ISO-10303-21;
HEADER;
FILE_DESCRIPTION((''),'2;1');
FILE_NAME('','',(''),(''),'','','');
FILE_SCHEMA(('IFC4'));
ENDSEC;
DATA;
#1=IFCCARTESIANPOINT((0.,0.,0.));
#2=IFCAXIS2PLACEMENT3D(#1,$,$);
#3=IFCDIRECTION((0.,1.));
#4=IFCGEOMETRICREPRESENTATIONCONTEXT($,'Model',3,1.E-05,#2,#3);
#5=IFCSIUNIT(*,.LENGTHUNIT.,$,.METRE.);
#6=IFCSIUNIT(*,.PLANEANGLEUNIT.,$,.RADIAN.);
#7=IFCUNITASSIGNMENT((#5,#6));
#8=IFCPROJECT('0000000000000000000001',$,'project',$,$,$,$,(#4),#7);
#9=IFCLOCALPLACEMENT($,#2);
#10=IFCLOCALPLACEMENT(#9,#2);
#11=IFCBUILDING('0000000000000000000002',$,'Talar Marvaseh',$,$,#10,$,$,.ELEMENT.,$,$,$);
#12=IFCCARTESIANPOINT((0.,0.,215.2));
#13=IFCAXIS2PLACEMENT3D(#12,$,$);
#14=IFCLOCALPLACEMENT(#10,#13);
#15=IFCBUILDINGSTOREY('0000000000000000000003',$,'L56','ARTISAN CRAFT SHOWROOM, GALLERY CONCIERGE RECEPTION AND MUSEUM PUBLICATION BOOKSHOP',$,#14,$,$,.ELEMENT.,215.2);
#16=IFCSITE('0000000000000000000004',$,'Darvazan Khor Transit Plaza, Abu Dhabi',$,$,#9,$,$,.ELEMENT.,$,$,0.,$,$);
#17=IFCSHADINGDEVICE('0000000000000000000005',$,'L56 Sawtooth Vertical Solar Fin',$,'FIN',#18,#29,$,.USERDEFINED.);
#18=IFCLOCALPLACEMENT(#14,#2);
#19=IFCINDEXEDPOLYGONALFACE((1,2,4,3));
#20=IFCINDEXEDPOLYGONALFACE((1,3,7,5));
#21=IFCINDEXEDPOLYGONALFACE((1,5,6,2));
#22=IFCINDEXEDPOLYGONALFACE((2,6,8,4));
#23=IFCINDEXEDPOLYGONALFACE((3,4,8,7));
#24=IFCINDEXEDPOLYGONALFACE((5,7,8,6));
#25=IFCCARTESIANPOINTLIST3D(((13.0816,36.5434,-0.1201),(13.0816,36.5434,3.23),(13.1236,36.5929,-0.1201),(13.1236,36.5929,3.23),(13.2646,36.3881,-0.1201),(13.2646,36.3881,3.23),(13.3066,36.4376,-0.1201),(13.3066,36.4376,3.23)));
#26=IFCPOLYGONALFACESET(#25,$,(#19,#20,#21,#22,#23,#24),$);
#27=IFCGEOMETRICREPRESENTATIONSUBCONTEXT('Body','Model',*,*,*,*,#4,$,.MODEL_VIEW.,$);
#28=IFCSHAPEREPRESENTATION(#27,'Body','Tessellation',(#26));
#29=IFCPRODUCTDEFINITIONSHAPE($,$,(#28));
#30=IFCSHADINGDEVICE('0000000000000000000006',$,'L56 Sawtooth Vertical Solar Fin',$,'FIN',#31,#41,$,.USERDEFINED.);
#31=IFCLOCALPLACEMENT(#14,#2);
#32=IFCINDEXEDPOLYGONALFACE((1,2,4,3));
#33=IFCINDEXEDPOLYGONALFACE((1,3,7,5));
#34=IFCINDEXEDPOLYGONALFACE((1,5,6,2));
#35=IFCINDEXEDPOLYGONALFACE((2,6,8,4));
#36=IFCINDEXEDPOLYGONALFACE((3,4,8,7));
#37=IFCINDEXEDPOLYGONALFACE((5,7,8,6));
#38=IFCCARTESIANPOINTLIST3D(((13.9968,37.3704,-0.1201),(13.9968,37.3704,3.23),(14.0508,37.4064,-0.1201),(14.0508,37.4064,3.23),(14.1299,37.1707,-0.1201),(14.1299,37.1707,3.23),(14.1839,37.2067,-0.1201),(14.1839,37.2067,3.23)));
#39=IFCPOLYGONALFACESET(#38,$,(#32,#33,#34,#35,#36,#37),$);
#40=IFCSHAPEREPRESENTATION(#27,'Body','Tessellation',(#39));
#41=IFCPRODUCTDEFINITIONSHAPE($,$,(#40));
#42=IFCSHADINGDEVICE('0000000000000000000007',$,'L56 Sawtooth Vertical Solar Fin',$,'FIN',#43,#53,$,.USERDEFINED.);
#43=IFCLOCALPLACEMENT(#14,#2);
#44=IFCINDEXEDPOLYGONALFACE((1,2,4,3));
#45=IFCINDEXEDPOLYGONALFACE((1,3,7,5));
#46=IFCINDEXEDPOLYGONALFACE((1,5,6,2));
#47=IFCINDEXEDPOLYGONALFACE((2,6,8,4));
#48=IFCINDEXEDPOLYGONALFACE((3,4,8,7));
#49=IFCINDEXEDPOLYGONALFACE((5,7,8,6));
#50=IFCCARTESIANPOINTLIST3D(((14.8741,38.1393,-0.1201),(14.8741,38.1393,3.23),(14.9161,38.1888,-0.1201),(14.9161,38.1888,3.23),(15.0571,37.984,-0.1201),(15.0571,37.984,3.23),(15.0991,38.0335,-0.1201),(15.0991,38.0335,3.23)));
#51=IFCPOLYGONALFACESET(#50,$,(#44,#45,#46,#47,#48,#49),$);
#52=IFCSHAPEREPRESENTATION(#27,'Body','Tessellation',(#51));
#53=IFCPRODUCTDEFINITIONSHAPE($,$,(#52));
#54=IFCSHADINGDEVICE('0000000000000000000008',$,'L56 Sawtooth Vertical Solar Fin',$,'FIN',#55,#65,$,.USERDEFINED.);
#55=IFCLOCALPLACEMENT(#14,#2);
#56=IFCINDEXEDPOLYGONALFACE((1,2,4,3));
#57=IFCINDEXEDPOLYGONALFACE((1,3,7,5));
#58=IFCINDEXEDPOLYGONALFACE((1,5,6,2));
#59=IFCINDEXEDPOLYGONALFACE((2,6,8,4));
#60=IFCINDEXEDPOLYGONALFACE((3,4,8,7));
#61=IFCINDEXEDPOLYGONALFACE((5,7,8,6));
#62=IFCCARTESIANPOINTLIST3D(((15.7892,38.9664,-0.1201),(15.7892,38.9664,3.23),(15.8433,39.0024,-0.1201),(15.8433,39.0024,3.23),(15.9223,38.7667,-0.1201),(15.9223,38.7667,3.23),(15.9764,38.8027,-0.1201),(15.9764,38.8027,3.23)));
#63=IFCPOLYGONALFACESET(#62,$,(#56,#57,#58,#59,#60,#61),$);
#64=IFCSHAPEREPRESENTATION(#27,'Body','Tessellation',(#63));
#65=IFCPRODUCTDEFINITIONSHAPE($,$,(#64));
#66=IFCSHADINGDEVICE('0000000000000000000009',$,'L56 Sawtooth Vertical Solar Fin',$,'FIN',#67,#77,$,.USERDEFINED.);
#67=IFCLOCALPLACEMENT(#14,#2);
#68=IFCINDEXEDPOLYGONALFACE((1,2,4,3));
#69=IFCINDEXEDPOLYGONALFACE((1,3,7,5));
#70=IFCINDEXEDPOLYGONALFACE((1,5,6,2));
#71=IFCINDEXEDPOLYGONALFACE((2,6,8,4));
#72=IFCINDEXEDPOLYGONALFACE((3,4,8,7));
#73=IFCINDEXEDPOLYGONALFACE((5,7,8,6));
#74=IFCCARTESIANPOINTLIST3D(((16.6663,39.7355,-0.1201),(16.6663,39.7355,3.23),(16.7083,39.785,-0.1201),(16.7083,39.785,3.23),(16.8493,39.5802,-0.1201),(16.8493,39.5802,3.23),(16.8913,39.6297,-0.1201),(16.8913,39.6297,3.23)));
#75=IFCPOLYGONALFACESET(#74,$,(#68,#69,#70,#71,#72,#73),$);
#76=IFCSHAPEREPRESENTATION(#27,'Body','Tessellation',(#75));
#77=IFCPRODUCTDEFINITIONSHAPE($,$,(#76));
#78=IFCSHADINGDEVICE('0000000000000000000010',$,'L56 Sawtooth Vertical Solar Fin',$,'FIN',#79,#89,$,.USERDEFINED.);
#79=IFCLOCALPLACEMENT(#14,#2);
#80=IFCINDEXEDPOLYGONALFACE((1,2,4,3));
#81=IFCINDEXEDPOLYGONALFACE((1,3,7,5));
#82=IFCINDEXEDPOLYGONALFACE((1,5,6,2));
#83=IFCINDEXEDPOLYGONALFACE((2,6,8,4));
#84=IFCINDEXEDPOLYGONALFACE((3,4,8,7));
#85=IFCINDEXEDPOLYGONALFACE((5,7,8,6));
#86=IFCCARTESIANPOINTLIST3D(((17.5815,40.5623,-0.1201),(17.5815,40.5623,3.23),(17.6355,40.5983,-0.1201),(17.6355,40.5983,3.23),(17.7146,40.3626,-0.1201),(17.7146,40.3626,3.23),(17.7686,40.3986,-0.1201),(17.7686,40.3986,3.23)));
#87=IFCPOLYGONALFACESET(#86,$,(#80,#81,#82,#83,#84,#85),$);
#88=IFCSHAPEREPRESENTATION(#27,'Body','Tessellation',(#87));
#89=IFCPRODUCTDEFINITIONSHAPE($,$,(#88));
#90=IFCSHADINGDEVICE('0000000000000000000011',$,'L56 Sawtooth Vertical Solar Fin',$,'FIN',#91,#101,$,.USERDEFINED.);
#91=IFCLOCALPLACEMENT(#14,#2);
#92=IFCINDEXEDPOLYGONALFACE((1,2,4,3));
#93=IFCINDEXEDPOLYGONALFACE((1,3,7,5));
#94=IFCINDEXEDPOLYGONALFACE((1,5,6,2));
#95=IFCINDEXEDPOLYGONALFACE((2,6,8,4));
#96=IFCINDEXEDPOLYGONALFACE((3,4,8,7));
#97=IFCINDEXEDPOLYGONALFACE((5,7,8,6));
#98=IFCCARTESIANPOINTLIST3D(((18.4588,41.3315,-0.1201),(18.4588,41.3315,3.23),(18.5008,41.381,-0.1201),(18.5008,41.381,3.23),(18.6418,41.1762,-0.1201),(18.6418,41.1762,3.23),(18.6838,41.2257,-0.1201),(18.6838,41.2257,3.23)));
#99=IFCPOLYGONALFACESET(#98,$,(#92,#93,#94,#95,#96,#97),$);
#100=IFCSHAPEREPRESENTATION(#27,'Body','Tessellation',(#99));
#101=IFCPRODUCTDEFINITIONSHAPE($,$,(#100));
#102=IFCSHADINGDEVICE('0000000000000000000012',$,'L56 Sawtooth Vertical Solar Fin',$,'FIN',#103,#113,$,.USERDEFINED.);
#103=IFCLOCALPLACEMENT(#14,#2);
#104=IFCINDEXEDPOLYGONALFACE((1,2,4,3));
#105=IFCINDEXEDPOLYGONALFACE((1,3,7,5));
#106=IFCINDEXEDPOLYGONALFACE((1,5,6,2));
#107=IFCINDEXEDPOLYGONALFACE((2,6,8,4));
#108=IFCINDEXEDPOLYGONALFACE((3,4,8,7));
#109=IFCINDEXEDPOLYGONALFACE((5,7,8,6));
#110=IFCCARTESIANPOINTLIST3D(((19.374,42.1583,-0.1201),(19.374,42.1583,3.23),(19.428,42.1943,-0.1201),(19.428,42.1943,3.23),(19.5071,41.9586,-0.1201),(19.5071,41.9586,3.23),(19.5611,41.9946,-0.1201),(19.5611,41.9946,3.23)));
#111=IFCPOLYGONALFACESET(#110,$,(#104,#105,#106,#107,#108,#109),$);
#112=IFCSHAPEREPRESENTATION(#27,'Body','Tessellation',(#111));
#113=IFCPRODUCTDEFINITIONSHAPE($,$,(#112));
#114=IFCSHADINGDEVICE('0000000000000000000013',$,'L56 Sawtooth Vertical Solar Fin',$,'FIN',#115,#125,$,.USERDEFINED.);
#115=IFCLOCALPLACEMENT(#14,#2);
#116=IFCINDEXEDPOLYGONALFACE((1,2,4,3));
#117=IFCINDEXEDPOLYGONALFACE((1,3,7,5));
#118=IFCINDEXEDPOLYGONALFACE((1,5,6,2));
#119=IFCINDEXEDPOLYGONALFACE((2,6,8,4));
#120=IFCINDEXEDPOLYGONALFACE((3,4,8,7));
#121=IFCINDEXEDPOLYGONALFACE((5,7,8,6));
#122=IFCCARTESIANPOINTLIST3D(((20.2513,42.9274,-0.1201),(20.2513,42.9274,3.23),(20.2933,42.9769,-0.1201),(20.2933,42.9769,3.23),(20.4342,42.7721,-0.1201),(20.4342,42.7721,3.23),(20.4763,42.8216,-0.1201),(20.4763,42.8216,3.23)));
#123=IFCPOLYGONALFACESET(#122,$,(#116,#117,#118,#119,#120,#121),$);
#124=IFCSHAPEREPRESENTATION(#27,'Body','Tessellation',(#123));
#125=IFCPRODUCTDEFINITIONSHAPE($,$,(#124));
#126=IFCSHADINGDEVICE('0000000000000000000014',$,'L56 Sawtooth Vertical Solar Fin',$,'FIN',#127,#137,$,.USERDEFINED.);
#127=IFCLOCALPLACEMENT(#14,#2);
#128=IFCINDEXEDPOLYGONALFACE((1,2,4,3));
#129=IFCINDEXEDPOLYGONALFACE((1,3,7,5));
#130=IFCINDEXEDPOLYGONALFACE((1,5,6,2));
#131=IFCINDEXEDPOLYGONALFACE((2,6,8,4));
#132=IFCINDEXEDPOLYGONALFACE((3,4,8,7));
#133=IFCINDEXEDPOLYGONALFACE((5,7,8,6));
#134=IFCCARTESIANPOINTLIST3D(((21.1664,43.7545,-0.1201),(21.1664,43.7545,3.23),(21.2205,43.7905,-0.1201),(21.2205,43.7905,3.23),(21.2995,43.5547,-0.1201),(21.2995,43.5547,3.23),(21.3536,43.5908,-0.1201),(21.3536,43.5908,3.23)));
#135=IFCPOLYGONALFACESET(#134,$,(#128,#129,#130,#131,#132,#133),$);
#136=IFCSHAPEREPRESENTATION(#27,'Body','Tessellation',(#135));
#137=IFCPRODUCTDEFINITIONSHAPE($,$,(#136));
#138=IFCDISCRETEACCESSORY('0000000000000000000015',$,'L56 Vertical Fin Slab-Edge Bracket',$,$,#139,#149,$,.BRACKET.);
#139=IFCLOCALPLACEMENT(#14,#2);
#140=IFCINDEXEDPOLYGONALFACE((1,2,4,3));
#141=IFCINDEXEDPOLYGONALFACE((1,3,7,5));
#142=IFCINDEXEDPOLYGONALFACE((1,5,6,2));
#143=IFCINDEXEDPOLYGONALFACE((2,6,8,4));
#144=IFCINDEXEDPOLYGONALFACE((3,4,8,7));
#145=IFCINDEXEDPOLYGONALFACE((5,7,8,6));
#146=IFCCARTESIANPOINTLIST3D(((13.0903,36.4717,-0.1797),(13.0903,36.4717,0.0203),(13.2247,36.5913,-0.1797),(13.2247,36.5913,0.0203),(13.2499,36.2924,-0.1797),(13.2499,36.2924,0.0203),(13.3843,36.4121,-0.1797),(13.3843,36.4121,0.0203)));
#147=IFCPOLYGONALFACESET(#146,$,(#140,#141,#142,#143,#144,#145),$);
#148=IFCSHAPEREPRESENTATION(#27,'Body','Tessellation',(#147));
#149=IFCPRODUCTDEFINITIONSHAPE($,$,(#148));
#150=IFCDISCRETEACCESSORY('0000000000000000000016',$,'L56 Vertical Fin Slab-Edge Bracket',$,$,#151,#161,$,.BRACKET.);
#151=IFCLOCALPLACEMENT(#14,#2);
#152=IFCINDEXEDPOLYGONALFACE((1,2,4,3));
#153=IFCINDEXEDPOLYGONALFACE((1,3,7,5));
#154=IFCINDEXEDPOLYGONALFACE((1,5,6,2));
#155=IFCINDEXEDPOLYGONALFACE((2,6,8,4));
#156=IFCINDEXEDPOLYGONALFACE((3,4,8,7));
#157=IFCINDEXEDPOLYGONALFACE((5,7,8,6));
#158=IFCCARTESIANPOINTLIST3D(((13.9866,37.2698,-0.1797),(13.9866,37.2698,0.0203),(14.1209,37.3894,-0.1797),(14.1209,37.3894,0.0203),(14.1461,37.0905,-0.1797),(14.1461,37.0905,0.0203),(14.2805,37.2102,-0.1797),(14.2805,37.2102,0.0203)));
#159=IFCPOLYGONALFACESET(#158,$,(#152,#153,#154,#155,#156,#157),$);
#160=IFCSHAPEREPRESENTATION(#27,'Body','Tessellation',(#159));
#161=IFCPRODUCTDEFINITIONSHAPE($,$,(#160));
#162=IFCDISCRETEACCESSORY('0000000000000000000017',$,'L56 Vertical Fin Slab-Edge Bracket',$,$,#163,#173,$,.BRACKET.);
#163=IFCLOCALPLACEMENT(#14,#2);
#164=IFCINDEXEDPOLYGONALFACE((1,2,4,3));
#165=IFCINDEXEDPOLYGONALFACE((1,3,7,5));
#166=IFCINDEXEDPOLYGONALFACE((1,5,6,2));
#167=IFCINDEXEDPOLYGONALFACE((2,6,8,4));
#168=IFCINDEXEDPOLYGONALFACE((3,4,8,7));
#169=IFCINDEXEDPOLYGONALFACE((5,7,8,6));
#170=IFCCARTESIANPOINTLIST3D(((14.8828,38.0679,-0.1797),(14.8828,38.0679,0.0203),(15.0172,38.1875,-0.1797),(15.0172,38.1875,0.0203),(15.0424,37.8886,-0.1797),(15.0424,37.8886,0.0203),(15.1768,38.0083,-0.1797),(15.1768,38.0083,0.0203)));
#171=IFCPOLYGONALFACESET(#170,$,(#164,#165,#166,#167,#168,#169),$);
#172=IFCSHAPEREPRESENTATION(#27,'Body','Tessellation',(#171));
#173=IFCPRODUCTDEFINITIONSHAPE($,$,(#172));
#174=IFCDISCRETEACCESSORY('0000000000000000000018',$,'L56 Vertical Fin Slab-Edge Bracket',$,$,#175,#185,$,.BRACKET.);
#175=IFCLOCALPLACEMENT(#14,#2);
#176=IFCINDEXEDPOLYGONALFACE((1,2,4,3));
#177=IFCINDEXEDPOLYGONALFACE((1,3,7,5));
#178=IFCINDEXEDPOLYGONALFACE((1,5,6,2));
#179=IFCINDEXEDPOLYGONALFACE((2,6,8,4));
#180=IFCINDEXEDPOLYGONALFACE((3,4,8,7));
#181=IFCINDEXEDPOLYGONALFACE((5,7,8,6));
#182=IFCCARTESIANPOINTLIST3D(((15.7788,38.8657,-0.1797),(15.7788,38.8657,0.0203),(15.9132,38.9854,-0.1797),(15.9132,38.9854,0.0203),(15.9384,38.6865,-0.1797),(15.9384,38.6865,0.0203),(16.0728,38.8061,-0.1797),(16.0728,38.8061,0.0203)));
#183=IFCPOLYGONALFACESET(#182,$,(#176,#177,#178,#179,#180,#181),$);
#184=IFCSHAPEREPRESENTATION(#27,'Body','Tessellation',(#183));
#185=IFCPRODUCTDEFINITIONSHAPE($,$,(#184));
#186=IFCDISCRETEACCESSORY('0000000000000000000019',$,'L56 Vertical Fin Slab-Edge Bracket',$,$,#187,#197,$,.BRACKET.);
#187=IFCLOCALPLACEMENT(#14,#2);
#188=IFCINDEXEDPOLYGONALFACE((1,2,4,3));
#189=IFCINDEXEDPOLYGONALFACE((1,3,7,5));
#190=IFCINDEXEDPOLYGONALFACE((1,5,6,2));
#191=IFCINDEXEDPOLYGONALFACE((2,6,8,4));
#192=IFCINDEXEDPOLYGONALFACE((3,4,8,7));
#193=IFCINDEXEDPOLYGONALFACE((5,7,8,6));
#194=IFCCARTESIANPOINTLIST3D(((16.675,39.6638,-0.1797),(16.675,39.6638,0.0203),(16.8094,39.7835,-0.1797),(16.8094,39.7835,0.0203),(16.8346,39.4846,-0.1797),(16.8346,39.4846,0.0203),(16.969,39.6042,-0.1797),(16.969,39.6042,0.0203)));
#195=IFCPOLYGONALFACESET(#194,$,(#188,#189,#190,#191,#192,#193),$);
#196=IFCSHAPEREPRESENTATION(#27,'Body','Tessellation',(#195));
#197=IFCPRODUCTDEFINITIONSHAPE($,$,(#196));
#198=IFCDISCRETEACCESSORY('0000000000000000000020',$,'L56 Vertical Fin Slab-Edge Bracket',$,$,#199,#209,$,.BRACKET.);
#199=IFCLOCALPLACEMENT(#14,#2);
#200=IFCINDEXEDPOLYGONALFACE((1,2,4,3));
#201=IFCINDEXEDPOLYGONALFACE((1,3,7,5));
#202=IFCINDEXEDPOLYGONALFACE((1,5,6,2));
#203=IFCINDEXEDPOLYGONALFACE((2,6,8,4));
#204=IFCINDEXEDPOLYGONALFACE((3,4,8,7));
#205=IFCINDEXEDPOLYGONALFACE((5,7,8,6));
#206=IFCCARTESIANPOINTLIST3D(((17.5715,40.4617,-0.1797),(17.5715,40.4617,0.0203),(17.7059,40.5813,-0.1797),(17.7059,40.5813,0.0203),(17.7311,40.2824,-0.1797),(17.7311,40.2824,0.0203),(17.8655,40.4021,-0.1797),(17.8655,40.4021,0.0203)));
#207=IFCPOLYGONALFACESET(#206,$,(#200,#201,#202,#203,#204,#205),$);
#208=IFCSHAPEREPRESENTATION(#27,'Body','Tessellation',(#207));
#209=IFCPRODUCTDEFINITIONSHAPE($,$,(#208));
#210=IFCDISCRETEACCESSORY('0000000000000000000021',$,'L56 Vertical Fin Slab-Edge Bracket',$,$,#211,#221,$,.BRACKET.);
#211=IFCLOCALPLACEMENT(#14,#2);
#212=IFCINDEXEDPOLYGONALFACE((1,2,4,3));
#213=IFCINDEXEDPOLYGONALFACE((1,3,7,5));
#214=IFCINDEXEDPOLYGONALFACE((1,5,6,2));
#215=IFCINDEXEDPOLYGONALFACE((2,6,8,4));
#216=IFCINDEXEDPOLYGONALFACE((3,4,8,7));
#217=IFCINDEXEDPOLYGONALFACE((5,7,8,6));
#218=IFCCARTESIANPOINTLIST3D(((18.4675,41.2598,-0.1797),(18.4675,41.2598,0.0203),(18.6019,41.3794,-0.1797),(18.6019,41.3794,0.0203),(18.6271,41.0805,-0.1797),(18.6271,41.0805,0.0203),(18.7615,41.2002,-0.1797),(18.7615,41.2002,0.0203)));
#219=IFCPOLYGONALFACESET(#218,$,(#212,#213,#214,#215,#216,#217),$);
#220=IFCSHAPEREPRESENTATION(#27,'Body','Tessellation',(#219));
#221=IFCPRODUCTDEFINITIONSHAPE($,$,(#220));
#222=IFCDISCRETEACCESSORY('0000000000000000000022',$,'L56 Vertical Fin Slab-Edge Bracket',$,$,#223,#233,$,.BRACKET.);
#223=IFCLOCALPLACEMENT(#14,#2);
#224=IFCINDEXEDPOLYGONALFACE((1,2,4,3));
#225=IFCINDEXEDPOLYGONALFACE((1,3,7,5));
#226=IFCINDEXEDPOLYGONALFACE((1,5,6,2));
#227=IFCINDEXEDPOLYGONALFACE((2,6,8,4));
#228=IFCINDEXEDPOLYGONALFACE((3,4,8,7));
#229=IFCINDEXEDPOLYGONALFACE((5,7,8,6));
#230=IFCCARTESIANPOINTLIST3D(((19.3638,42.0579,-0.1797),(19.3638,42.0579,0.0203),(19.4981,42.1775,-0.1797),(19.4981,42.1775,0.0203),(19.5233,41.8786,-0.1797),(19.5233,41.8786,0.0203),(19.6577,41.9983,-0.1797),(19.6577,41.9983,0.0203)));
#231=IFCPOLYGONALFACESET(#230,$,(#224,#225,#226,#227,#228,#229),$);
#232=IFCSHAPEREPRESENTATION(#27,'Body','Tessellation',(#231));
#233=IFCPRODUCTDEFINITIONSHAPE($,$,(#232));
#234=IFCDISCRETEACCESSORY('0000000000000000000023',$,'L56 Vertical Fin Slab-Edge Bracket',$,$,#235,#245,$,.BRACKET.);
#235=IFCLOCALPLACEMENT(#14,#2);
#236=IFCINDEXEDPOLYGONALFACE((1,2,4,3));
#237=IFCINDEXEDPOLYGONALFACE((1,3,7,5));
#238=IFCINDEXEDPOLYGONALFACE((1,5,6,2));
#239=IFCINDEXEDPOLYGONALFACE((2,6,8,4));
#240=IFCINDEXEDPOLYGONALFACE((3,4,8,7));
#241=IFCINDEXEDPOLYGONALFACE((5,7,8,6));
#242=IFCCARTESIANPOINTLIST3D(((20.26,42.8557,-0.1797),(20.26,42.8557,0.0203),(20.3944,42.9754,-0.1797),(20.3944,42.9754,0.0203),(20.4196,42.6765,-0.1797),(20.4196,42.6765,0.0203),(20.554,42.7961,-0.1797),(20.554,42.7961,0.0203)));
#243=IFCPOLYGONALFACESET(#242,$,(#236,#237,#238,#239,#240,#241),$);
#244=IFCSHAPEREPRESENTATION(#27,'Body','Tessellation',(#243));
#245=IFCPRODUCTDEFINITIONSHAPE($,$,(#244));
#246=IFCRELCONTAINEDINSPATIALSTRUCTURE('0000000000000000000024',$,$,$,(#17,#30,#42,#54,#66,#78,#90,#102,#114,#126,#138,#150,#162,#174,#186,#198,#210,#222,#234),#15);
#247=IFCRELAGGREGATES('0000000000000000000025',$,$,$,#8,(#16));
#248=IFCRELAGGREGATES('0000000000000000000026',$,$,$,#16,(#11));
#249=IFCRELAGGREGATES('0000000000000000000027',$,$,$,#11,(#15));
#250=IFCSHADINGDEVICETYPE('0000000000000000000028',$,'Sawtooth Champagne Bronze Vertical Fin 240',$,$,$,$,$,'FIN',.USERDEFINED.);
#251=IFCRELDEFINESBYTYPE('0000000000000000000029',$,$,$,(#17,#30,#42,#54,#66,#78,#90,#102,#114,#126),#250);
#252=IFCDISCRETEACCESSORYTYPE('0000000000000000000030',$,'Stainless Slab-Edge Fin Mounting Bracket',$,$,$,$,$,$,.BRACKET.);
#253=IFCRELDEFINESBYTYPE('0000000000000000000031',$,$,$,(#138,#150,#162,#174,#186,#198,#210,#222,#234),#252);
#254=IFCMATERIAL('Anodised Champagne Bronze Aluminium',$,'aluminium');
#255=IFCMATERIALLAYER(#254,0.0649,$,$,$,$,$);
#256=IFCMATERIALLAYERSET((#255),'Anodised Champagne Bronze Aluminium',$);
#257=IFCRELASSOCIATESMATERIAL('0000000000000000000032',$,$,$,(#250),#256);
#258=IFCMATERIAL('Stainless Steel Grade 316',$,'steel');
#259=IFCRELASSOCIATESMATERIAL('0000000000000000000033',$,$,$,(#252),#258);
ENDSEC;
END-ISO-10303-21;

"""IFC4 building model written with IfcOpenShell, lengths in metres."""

from ifc_helpers import new_model, si_unit, direction, frame, origin, origin_2d, place, context, subcontext, project, spatial, rectangle, extrude, source, transform, mapped, material, layer, layer_set, type_object, type_shapes, element, save


model = new_model("IFC4")

# Units and contexts
model_context = context("Model", 3, precision=1e-05, world=origin(), true_north=direction((0.0, 1.0)))
body_context = subcontext(model_context, "Body", "Model", "MODEL_VIEW")
ifc_project = project(units=[si_unit("LENGTHUNIT", "METRE"), si_unit("PLANEANGLEUNIT", "RADIAN")], contexts=[model_context])

# Site, building, storey
site_placement = place(None, origin())
site = spatial("IfcSite", under=ifc_project, at=site_placement, Name="Darvazan Khor Transit Plaza, Abu Dhabi", CompositionType="ELEMENT", RefElevation=0.0)
building_placement = place(site_placement, origin())
building = spatial("IfcBuilding", under=site, at=building_placement, Name="Talar Marvaseh", CompositionType="ELEMENT")
storey_placement = place(building_placement, frame((0.0, 0.0, 215.2)))
storey = spatial("IfcBuildingStorey", under=building, at=storey_placement, Name="L56", Description="ARTISAN CRAFT SHOWROOM, GALLERY CONCIERGE RECEPTION AND MUSEUM PUBLICATION BOOKSHOP", CompositionType="ELEMENT", Elevation=215.2)

# Shading devices
ifc_material_1 = material(Name="Anodised Champagne Bronze Aluminium", Category="aluminium")
ifc_layer_1 = layer(ifc_material_1, 0.0649)
ifc_layer_set_1 = layer_set([ifc_layer_1], Name="Anodised Champagne Bronze Aluminium")
shading_device_type = type_object("IfcShadingDeviceType", Name="Sawtooth Champagne Bronze Vertical Fin 240", ElementType="FIN", PredefinedType="USERDEFINED", material=ifc_layer_set_1)
shared_shape_1 = source(origin(), body_context, "Body", "SweptSolid", [
    extrude(rectangle(XDim=0.24, YDim=0.0649, at=origin_2d()), origin(), (0.0, 0.0, 1.0), 3.3501),
])
type_shapes(shading_device_type, [shared_shape_1])
for number, where, z_axis, x_axis, name in (
    (1, (13.1941, 36.4905, -0.1201), (0.0, 0.0, 1.0), (-0.762443, 0.647056, 0.0), "L56 Sawtooth Vertical Solar Fin"),
    (2, (14.0903, 37.2886, -0.1201), (0.0, 0.0, 1.0), (-0.554554, 0.832148, 0.0), "L56 Sawtooth Vertical Solar Fin"),
    (3, (14.9866, 38.0864, -0.1201), (0.0, 0.0, 1.0), (-0.762443, 0.647056, 0.0), "L56 Sawtooth Vertical Solar Fin"),
    (4, (15.8828, 38.8845, -0.1201), (0.0, 0.0, 1.0), (-0.554554, 0.832148, 0.0), "L56 Sawtooth Vertical Solar Fin"),
    (5, (16.7788, 39.6826, -0.1201), (0.0, 0.0, 1.0), (-0.762443, 0.647056, 0.0), "L56 Sawtooth Vertical Solar Fin"),
    (6, (17.675, 40.4805, -0.1201), (0.0, 0.0, 1.0), (-0.554554, 0.832148, 0.0), "L56 Sawtooth Vertical Solar Fin"),
    (7, (18.5713, 41.2786, -0.1201), (0.0, 0.0, 1.0), (-0.762443, 0.647056, 0.0), "L56 Sawtooth Vertical Solar Fin"),
    (8, (19.4675, 42.0764, -0.1201), (0.0, 0.0, 1.0), (-0.554554, 0.832148, 0.0), "L56 Sawtooth Vertical Solar Fin"),
    (9, (20.3638, 42.8745, -0.1201), (0.0, 0.0, 1.0), (-0.762443, 0.647056, 0.0), "L56 Sawtooth Vertical Solar Fin"),
    (10, (21.26, 43.6726, -0.1201), (0.0, 0.0, 1.0), (-0.554554, 0.832148, 0.0), "L56 Sawtooth Vertical Solar Fin"),
):
    element("IfcShadingDevice", number, at=place(storey_placement, frame(where, z_axis=z_axis, x_axis=x_axis)), inside=storey, type_object=shading_device_type, Name=name, ObjectType="FIN", PredefinedType="USERDEFINED", context=body_context, shape_type="MappedRepresentation", body=[
        mapped(shared_shape_1, transform((0.0, 0.0, 0.0), x_axis=(1.0, 0.0, 0.0), y_axis=(0.0, 1.0, 0.0), z_axis=(0.0, 0.0, 1.0), scale=1.0)),
    ])

# Discrete accessories
ifc_material_2 = material(Name="Stainless Steel Grade 316", Category="steel")
discrete_accessory_type = type_object("IfcDiscreteAccessoryType", Name="Stainless Slab-Edge Fin Mounting Bracket", PredefinedType="BRACKET", material=ifc_material_2)
shared_shape_2 = source(origin(), body_context, "Body", "SweptSolid", [
    extrude(rectangle(XDim=0.24, YDim=0.1799, at=origin_2d()), origin(), (0.0, 0.0, 1.0), 0.2),
])
type_shapes(discrete_accessory_type, [shared_shape_2])
for number, where, z_axis, x_axis, name in (
    (11, (13.2373, 36.4419, -0.1797), (0.0, 0.0, 1.0), (-0.66497, 0.74687, 0.0), "L56 Vertical Fin Slab-Edge Bracket"),
    (12, (14.1335, 37.24, -0.1797), (0.0, 0.0, 1.0), (-0.66497, 0.74687, 0.0), "L56 Vertical Fin Slab-Edge Bracket"),
    (13, (15.0298, 38.0381, -0.1797), (0.0, 0.0, 1.0), (-0.66497, 0.74687, 0.0), "L56 Vertical Fin Slab-Edge Bracket"),
    (14, (15.9258, 38.8359, -0.1797), (0.0, 0.0, 1.0), (-0.66497, 0.74687, 0.0), "L56 Vertical Fin Slab-Edge Bracket"),
    (15, (16.822, 39.634, -0.1797), (0.0, 0.0, 1.0), (-0.66497, 0.74687, 0.0), "L56 Vertical Fin Slab-Edge Bracket"),
    (16, (17.7185, 40.4319, -0.1797), (0.0, 0.0, 1.0), (-0.66497, 0.74687, 0.0), "L56 Vertical Fin Slab-Edge Bracket"),
    (17, (18.6145, 41.23, -0.1797), (0.0, 0.0, 1.0), (-0.66497, 0.74687, 0.0), "L56 Vertical Fin Slab-Edge Bracket"),
    (18, (19.5107, 42.0281, -0.1797), (0.0, 0.0, 1.0), (-0.66497, 0.74687, 0.0), "L56 Vertical Fin Slab-Edge Bracket"),
    (19, (20.407, 42.8259, -0.1797), (0.0, 0.0, 1.0), (-0.66497, 0.74687, 0.0), "L56 Vertical Fin Slab-Edge Bracket"),
):
    element("IfcDiscreteAccessory", number, at=place(storey_placement, frame(where, z_axis=z_axis, x_axis=x_axis)), inside=storey, type_object=discrete_accessory_type, Name=name, PredefinedType="BRACKET", context=body_context, shape_type="MappedRepresentation", body=[
        mapped(shared_shape_2, transform((0.0, 0.0, 0.0), x_axis=(1.0, 0.0, 0.0), y_axis=(0.0, 1.0, 0.0), z_axis=(0.0, 0.0, 1.0), scale=1.0)),
    ])

save(model, "model.ifc")
